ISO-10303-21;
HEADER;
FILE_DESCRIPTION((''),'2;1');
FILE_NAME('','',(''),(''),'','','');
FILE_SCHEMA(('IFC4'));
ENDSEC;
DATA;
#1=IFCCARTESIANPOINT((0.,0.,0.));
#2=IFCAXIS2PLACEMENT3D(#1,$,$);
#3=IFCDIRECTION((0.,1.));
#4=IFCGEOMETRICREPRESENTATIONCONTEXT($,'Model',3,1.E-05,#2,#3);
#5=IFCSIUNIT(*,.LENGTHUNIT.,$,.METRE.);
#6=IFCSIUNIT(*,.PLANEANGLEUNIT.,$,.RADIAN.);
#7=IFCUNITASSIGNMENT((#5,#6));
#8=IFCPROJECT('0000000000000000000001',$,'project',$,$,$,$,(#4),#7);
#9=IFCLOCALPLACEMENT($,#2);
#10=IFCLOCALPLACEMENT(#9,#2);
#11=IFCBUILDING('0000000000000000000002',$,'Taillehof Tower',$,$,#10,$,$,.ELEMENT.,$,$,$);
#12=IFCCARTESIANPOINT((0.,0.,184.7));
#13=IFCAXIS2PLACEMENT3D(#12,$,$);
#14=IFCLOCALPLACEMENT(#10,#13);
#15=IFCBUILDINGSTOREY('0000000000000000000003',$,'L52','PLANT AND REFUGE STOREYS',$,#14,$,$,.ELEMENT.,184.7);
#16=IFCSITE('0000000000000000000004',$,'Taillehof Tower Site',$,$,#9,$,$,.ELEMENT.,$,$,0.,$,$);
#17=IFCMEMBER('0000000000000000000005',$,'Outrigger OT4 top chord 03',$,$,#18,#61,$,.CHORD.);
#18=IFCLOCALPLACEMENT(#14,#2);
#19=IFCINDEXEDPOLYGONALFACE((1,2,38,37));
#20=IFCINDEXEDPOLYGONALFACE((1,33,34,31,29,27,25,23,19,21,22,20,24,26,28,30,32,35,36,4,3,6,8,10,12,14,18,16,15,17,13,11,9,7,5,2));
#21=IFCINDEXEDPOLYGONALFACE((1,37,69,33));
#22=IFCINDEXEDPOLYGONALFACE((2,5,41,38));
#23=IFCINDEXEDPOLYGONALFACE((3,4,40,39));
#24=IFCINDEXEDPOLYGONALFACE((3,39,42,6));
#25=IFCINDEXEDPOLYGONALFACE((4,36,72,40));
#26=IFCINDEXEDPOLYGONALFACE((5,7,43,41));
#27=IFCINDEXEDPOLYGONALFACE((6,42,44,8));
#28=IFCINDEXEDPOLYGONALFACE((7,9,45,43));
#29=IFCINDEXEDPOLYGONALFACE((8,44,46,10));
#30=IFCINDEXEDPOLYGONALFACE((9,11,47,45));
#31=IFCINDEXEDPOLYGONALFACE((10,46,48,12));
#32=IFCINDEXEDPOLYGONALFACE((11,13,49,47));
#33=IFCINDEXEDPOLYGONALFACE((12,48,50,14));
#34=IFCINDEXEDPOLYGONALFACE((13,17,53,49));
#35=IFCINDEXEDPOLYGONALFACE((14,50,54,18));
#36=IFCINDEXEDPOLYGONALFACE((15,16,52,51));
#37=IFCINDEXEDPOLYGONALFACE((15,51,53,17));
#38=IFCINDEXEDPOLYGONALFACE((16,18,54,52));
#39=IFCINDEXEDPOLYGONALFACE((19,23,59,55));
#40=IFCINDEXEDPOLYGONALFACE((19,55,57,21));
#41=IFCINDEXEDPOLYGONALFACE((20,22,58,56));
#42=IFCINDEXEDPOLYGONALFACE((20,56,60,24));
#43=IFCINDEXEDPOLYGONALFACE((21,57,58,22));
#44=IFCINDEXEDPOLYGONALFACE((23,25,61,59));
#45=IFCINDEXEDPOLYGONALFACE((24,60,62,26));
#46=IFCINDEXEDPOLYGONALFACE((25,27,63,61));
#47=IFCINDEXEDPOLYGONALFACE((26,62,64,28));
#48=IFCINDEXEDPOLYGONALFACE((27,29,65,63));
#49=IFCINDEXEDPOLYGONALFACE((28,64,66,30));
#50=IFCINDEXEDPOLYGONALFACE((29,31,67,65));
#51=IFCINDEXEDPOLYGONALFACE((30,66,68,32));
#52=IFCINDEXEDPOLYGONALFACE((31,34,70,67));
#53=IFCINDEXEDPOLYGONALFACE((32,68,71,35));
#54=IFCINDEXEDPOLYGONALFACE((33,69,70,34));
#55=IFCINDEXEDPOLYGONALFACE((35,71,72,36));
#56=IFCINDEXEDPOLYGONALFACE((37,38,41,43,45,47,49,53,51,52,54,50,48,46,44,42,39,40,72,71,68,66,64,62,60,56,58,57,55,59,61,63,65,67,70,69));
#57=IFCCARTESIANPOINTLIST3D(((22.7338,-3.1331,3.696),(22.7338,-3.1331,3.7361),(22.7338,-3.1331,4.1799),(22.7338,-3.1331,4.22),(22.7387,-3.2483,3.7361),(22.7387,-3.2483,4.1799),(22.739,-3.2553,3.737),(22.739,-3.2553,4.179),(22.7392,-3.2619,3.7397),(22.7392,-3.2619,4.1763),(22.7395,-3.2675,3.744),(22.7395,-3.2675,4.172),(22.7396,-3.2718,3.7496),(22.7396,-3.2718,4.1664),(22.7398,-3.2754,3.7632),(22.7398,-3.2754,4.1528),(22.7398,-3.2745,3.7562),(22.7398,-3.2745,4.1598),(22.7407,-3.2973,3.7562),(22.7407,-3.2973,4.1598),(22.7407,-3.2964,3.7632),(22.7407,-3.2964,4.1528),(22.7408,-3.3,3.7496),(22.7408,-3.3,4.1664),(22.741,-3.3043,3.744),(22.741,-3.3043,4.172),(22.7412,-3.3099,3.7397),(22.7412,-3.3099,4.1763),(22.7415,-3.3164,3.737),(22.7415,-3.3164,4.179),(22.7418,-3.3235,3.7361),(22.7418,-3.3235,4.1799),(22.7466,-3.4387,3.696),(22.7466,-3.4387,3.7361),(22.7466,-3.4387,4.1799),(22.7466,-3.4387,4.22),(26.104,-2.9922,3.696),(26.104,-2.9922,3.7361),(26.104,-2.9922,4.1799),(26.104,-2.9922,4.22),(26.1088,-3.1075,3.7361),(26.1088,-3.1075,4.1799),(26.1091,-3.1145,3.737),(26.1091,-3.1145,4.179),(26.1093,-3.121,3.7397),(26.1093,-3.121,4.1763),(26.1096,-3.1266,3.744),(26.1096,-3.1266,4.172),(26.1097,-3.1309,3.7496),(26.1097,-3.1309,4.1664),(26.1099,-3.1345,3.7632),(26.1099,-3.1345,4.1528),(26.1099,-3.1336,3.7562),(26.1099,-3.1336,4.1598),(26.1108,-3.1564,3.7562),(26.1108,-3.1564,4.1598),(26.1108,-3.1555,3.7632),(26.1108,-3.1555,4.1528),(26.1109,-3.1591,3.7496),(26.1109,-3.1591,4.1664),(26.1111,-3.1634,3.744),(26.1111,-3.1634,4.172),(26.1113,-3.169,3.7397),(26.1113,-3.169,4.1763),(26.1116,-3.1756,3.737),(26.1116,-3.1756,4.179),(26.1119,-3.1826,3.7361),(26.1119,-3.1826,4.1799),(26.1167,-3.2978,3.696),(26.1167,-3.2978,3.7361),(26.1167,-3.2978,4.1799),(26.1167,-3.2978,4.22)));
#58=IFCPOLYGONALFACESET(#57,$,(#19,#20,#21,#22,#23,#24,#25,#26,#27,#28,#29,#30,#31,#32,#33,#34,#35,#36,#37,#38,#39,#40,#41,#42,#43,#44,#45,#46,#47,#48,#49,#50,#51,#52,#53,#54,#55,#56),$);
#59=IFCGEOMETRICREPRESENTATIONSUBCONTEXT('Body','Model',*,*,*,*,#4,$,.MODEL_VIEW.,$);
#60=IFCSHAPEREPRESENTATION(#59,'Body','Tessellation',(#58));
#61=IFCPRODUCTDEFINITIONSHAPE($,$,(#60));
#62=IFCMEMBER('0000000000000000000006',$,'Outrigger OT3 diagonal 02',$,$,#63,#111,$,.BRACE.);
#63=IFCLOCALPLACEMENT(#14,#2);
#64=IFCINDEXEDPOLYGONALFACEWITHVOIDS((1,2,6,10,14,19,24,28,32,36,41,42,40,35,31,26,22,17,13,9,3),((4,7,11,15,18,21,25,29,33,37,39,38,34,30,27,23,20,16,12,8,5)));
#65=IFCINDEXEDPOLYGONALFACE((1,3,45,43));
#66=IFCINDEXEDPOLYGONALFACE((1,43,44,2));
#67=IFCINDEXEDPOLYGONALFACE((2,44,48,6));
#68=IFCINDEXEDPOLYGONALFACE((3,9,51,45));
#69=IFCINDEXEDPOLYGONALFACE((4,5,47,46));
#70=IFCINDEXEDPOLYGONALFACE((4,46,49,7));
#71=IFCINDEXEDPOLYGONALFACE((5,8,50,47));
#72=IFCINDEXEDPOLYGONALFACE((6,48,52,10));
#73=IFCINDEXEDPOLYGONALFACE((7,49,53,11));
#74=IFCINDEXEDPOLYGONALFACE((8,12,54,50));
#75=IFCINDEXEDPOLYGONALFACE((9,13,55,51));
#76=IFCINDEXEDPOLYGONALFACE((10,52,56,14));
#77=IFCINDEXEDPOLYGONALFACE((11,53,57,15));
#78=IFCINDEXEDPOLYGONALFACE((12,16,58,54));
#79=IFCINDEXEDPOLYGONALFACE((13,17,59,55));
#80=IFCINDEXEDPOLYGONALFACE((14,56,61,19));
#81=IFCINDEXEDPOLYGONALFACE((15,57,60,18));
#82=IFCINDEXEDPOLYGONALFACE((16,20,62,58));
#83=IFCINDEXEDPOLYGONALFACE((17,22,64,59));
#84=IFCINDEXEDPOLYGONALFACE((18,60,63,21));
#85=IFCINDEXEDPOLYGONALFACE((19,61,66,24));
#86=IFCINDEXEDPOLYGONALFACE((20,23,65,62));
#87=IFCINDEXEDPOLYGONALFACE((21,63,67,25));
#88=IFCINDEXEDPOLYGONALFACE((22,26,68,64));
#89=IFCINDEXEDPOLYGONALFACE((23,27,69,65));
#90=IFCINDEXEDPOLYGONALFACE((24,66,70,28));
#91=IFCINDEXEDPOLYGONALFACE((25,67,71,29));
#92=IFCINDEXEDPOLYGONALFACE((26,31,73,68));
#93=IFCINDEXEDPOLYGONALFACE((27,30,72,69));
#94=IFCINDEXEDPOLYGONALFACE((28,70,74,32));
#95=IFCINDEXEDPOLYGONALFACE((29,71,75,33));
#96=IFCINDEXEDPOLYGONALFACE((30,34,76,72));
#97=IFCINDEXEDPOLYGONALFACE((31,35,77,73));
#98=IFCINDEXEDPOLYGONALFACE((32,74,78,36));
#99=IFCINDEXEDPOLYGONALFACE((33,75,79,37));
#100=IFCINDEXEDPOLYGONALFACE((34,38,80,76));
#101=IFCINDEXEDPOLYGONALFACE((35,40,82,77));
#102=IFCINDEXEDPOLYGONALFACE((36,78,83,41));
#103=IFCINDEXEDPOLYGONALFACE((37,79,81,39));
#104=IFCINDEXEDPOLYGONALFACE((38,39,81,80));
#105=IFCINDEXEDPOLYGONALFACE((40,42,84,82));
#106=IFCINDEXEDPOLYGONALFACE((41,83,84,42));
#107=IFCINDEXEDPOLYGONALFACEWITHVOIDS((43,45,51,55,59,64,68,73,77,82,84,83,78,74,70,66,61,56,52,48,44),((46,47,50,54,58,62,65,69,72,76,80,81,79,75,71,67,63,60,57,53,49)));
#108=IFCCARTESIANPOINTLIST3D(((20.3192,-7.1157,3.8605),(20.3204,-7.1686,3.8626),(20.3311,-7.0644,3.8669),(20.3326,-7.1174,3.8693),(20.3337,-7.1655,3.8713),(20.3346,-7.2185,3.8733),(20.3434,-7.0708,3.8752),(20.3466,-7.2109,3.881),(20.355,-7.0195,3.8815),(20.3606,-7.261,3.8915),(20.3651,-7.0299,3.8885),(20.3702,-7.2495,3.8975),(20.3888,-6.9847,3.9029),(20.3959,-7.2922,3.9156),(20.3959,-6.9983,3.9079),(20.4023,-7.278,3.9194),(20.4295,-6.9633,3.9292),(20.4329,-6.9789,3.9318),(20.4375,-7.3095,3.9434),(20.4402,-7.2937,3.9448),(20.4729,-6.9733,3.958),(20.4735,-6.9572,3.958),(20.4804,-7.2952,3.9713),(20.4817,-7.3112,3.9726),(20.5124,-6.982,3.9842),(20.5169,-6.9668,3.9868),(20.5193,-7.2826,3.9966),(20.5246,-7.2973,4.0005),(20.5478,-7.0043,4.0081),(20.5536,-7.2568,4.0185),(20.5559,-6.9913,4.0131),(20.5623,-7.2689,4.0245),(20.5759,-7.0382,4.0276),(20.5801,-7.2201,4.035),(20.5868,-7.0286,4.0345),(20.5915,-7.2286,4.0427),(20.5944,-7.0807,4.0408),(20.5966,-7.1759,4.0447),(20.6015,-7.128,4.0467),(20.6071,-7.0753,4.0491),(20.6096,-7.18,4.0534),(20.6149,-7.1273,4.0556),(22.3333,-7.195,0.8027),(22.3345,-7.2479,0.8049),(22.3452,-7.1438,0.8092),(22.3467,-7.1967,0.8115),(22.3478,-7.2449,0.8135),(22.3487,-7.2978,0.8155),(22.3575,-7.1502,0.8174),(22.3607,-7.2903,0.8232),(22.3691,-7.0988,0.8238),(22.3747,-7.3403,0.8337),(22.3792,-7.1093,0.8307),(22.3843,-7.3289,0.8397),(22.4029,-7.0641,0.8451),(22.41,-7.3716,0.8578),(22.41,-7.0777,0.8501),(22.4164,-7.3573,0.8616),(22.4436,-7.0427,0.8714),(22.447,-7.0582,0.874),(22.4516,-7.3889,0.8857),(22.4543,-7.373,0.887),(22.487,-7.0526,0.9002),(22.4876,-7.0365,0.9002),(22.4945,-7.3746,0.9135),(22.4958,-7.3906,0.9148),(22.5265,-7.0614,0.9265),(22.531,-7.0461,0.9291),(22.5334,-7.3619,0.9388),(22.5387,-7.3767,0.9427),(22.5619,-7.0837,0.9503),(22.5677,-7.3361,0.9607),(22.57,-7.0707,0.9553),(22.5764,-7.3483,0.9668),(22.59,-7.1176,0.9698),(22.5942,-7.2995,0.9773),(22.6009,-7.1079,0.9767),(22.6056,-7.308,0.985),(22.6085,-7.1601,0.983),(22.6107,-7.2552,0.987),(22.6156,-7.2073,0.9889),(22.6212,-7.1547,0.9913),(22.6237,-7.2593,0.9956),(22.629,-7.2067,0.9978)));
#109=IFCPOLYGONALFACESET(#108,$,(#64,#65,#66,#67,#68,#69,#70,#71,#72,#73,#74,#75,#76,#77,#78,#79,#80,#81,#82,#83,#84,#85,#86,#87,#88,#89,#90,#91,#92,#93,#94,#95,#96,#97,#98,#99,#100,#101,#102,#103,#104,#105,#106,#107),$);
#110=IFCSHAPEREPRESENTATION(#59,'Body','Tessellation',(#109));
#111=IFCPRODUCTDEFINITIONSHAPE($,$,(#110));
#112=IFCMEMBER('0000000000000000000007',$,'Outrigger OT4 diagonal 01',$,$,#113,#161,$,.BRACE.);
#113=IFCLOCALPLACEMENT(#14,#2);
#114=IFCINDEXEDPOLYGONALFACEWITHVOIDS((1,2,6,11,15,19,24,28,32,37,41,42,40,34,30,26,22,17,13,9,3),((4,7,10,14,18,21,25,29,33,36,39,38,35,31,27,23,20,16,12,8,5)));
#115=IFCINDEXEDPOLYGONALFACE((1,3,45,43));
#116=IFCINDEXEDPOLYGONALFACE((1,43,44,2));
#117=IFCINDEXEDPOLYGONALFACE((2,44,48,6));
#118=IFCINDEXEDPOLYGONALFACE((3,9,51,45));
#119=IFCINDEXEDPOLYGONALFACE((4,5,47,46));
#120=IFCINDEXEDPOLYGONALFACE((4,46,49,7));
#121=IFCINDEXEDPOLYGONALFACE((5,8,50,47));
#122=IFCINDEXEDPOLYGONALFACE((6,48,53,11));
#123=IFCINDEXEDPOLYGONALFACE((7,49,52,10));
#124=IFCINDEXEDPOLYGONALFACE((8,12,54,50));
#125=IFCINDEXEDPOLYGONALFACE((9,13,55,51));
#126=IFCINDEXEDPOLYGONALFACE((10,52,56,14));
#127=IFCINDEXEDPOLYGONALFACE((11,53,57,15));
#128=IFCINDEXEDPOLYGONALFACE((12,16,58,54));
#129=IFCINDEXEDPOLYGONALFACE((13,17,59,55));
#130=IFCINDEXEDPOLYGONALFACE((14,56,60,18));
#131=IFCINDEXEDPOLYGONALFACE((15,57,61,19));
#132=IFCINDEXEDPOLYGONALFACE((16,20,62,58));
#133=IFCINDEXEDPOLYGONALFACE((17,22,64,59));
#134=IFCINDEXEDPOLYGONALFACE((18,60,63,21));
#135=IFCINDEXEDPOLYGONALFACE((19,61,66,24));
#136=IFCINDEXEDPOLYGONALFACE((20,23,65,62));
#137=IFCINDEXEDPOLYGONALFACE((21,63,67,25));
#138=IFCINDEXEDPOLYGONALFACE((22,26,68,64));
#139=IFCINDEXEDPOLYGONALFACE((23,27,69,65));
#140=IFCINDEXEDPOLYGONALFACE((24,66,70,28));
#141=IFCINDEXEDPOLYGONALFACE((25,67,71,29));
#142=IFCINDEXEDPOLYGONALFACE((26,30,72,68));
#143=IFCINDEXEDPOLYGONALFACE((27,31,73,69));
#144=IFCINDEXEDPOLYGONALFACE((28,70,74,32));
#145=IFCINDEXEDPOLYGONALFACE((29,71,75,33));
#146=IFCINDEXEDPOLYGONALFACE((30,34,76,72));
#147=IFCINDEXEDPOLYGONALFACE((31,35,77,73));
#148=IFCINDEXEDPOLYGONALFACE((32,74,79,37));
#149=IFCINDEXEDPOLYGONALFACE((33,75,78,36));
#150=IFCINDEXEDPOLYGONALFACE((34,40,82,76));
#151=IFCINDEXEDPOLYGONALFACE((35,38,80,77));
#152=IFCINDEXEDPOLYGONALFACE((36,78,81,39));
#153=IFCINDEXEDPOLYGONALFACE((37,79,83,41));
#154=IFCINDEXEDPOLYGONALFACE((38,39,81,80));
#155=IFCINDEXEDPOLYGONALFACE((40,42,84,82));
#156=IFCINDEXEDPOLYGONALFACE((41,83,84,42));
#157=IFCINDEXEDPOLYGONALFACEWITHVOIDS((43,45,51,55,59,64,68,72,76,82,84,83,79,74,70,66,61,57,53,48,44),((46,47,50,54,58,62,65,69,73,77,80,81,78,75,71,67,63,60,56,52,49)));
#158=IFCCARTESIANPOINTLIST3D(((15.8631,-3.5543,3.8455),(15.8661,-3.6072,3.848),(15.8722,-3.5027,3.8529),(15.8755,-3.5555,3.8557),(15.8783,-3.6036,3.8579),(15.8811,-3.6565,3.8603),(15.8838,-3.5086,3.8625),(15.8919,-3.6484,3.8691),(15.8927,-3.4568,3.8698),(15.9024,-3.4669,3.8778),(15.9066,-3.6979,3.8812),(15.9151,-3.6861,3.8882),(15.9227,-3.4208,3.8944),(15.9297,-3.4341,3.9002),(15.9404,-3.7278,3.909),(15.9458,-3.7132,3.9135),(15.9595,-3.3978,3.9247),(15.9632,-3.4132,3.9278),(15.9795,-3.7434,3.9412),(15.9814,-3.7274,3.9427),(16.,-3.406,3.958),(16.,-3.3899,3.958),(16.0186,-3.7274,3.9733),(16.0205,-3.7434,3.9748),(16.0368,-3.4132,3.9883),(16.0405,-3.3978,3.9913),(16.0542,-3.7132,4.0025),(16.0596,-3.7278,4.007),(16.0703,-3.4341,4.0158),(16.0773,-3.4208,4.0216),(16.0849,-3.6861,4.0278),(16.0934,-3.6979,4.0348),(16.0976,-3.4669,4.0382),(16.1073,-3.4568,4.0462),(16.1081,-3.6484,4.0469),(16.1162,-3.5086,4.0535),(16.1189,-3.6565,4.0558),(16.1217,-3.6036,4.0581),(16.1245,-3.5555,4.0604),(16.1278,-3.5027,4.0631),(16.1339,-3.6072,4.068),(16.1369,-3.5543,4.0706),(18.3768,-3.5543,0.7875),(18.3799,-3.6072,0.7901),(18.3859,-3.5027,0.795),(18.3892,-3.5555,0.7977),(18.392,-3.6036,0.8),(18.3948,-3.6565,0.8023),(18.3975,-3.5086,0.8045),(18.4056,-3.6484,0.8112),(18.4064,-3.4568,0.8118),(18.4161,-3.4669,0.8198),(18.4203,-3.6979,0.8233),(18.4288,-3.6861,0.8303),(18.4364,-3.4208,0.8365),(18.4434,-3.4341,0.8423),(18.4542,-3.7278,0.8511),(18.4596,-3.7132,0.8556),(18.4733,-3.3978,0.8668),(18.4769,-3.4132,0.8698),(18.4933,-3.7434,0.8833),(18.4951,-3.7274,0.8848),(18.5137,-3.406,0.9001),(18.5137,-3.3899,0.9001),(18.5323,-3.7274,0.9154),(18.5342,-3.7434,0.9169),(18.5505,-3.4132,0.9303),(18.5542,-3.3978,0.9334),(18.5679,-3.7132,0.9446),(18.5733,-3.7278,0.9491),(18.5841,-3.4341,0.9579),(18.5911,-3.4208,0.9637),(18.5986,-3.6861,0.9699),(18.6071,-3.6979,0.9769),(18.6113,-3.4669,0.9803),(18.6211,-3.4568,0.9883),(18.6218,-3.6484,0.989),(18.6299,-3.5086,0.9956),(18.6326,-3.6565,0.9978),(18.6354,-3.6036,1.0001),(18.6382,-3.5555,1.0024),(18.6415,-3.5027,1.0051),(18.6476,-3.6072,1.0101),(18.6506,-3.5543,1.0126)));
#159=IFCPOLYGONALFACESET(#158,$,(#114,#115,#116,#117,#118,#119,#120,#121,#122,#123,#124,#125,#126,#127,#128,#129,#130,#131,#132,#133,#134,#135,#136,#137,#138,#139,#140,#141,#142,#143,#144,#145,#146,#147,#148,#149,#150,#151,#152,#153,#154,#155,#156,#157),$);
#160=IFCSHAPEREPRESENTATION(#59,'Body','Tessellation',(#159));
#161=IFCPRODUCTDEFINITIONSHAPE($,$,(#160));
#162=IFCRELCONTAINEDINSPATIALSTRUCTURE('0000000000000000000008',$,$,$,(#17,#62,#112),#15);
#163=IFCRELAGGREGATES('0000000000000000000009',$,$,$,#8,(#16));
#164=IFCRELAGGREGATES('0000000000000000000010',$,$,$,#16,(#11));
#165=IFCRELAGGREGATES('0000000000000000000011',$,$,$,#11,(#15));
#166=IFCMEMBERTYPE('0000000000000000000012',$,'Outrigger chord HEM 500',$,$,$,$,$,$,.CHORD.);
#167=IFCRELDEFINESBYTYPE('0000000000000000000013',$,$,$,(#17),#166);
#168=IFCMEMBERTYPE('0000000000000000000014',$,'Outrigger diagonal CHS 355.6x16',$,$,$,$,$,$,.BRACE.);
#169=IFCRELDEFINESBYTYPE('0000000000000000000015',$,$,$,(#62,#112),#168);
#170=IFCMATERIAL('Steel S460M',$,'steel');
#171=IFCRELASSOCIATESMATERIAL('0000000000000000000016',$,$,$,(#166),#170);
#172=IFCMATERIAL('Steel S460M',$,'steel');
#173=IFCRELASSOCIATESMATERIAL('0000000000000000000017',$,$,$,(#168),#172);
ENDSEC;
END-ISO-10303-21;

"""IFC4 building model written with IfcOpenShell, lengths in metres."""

from ifc_helpers import new_model, si_unit, direction, frame, origin, origin_2d, place, context, subcontext, project, spatial, hollow_circle, i_section, extrude, material, material_profile, profile_set, type_object, element, save


model = new_model("IFC4")

# Units and contexts
model_context = context("Model", 3, precision=1e-05, world=origin(), true_north=direction((0.0, 1.0)))
body_context = subcontext(model_context, "Body", "Model", "MODEL_VIEW")
ifc_project = project(units=[si_unit("LENGTHUNIT", "METRE"), si_unit("PLANEANGLEUNIT", "RADIAN")], contexts=[model_context])

# Site, building, storey
site_placement = place(None, origin())
site = spatial("IfcSite", under=ifc_project, at=site_placement, Name="Taillehof Tower Site", CompositionType="ELEMENT", RefElevation=0.0)
building_placement = place(site_placement, origin())
building = spatial("IfcBuilding", under=site, at=building_placement, Name="Taillehof Tower", CompositionType="ELEMENT")
storey_placement = place(building_placement, frame((0.0, 0.0, 184.7)))
storey = spatial("IfcBuildingStorey", under=building, at=storey_placement, Name="L52", Description="PLANT AND REFUGE STOREYS", CompositionType="ELEMENT", Elevation=184.7)

# Members
ifc_material_1 = material(Name="Steel S460M", Category="steel")
ifc_material_profile_1 = material_profile(ifc_material_1, i_section(OverallWidth=0.3059, OverallDepth=0.5239, WebThickness=0.021, FlangeThickness=0.04, FilletRadius=0.0271, at=origin_2d()), Name="HEM 500")
ifc_profile_set_1 = profile_set([ifc_material_profile_1], Name="Steel S460M")
member_type_1 = type_object("IfcMemberType", Name="Outrigger chord HEM 500", PredefinedType="CHORD", material=ifc_profile_set_1)
member_1_placement = place(storey_placement, frame((22.7402, -3.2859, 3.958), z_axis=(0.999128, 0.041763, 0.0), x_axis=(-0.041763, 0.999128, 0.0)))
element("IfcMember", 1, at=member_1_placement, inside=storey, type_object=member_type_1, Name="Outrigger OT4 top chord 03", PredefinedType="CHORD", context=body_context, shape_type="SweptSolid", body=[
    extrude(i_section(OverallWidth=0.3059, OverallDepth=0.5239, WebThickness=0.021, FlangeThickness=0.04, FilletRadius=0.0271, at=origin_2d()), origin(), (0.0, 0.0, 1.0), 3.373),
])
ifc_material_2 = material(Name="Steel S460M", Category="steel")
ifc_material_profile_2 = material_profile(ifc_material_2, hollow_circle(Radius=0.1777, WallThickness=0.0161, at=origin_2d()), Name="CHS 355.6x16")
ifc_profile_set_2 = profile_set([ifc_material_profile_2], Name="Steel S460M")
member_type_2 = type_object("IfcMemberType", Name="Outrigger diagonal CHS 355.6x16", PredefinedType="BRACE", material=ifc_profile_set_2)
member_2_placement = place(storey_placement, frame((20.4666, -7.1348, 3.958), z_axis=(0.549947, -0.021665, -0.834919), x_axis=(0.039363, 0.999225, 0.0)))
element("IfcMember", 2, at=member_2_placement, inside=storey, type_object=member_type_2, Name="Outrigger OT3 diagonal 02", PredefinedType="BRACE", context=body_context, shape_type="SweptSolid", body=[
    extrude(hollow_circle(Radius=0.1777, WallThickness=0.0161, at=origin_2d()), origin(), (0.0, 0.0, 1.0), 3.6624),
])
member_3_placement = place(storey_placement, frame((16.0, -3.5676, 3.958), z_axis=(0.63502, 0.0, -0.772496), x_axis=(0.0, 1.0, 0.0)))
element("IfcMember", 3, at=member_3_placement, inside=storey, type_object=member_type_2, Name="Outrigger OT4 diagonal 01", PredefinedType="BRACE", context=body_context, shape_type="SweptSolid", body=[
    extrude(hollow_circle(Radius=0.1777, WallThickness=0.0161, at=origin_2d()), origin(), (0.0, 0.0, 1.0), 3.9585),
])

save(model, "model.ifc")
